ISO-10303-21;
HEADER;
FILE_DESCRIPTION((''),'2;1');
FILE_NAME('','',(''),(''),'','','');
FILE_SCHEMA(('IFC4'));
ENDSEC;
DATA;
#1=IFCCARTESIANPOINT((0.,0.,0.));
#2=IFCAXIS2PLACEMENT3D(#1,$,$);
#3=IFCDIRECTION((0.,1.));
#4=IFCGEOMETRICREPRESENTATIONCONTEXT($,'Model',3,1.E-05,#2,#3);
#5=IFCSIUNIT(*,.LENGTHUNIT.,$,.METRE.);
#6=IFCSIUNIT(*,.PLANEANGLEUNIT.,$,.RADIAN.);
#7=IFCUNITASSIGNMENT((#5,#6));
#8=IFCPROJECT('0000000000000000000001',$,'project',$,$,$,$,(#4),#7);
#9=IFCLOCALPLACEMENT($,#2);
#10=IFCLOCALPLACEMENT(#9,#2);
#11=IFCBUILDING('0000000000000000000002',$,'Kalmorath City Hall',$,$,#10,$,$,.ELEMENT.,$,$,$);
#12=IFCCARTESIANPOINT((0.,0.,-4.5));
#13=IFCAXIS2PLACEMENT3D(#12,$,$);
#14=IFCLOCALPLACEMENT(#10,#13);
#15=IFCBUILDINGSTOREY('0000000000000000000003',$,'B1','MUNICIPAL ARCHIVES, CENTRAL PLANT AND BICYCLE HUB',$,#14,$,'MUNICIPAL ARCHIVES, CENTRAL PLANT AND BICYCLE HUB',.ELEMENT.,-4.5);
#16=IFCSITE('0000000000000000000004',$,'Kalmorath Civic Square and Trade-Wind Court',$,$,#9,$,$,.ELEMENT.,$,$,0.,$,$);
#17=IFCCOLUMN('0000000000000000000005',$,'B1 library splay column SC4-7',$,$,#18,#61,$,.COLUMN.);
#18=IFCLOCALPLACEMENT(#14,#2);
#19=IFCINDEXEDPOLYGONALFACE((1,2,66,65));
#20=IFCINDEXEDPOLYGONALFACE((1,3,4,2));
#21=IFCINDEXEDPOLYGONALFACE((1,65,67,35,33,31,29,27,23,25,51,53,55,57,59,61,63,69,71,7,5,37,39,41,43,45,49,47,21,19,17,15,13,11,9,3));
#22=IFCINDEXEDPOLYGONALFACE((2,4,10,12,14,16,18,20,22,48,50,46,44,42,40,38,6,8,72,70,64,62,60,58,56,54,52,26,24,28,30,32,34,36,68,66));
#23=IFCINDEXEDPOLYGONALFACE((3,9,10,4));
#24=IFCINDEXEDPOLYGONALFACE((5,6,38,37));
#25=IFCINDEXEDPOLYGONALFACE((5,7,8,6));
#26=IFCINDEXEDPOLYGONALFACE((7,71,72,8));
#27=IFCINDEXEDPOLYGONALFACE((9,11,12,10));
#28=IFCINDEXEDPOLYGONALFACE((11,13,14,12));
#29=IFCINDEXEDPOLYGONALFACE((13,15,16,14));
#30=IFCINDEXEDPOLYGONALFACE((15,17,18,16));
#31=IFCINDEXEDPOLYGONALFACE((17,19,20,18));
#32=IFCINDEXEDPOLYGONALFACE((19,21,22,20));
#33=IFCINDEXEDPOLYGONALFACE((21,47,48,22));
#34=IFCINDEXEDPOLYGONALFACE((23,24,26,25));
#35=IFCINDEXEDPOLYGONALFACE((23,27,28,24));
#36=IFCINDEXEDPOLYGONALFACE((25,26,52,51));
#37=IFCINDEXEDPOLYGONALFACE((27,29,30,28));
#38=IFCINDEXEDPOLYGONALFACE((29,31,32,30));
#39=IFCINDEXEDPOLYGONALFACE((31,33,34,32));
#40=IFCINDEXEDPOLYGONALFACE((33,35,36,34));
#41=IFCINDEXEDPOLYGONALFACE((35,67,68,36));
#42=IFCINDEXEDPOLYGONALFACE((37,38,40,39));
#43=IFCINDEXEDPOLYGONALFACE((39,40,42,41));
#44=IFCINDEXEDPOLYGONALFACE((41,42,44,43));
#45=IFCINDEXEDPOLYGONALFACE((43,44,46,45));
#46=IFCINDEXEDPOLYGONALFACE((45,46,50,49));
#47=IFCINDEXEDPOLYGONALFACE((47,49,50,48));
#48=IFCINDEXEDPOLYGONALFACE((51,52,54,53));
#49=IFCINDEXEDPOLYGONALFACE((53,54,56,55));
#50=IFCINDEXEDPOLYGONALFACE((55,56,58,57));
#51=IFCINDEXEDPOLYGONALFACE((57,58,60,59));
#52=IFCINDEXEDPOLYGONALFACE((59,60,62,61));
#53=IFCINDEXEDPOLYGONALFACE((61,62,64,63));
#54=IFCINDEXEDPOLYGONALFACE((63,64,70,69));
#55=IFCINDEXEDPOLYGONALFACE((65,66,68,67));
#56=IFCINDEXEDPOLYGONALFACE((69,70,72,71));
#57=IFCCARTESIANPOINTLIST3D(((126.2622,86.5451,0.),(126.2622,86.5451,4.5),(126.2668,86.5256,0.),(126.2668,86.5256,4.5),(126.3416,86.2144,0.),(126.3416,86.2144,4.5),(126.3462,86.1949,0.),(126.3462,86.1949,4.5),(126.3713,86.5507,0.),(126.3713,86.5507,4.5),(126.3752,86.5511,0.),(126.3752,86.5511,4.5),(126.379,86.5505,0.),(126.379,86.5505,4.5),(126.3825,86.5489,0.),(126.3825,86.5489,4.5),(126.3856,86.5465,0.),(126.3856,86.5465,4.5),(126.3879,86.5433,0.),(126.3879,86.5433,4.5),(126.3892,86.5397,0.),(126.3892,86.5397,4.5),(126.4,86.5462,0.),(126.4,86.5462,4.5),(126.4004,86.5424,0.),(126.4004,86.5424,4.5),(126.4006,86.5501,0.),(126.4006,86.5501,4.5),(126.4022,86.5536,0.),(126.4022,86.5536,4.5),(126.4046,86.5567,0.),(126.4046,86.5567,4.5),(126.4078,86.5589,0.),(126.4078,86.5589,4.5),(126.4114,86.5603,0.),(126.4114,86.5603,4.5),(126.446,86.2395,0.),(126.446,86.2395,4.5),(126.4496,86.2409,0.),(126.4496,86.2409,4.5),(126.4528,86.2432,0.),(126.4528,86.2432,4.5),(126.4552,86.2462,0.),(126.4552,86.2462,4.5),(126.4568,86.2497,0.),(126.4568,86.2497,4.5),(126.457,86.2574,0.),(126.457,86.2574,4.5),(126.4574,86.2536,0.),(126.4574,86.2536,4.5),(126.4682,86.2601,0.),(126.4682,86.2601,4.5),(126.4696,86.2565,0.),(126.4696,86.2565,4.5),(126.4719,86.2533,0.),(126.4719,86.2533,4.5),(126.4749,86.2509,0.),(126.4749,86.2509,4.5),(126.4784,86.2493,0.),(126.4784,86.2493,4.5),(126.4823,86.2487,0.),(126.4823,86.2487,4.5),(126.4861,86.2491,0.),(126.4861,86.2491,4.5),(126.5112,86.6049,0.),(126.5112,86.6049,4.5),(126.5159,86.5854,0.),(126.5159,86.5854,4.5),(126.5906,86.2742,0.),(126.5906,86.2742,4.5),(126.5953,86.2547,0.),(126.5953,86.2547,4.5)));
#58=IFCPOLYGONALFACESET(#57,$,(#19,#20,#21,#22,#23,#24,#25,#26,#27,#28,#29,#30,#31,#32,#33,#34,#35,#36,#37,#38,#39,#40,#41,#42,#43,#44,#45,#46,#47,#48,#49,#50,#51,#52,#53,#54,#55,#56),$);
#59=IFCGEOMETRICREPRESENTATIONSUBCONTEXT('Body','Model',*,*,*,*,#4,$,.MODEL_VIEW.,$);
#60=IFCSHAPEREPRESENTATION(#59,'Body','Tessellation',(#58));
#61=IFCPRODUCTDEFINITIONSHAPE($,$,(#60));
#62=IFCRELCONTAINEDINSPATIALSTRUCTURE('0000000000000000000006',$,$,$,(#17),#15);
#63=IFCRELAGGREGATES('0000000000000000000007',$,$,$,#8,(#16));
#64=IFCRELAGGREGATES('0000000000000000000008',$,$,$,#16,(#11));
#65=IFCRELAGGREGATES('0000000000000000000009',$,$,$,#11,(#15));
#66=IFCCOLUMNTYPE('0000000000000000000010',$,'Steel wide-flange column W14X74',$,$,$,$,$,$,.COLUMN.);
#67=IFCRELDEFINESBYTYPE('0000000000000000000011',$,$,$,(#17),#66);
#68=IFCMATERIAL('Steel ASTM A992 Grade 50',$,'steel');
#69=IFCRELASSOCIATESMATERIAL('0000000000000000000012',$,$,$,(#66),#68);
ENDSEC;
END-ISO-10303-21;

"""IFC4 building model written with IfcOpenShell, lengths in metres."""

from ifc_helpers import new_model, si_unit, direction, frame, origin, origin_2d, place, context, subcontext, project, spatial, i_section, extrude, material, material_profile, profile_set, type_object, element, save


model = new_model("IFC4")

# Units and contexts
model_context = context("Model", 3, precision=1e-05, world=origin(), true_north=direction((0.0, 1.0)))
body_context = subcontext(model_context, "Body", "Model", "MODEL_VIEW")
ifc_project = project(units=[si_unit("LENGTHUNIT", "METRE"), si_unit("PLANEANGLEUNIT", "RADIAN")], contexts=[model_context])

# Site, building, storey
site_placement = place(None, origin())
site = spatial("IfcSite", under=ifc_project, at=site_placement, Name="Kalmorath Civic Square and Trade-Wind Court", CompositionType="ELEMENT", RefElevation=0.0)
building_placement = place(site_placement, origin())
building = spatial("IfcBuilding", under=site, at=building_placement, Name="Kalmorath City Hall", CompositionType="ELEMENT")
storey_placement = place(building_placement, frame((0.0, 0.0, -4.5)))
storey = spatial("IfcBuildingStorey", under=building, at=storey_placement, Name="B1", Description="MUNICIPAL ARCHIVES, CENTRAL PLANT AND BICYCLE HUB", LongName="MUNICIPAL ARCHIVES, CENTRAL PLANT AND BICYCLE HUB", CompositionType="ELEMENT", Elevation=-4.5)

# Column
ifc_material_1 = material(Name="Steel ASTM A992 Grade 50", Category="steel")
ifc_material_profile_1 = material_profile(ifc_material_1, i_section(OverallWidth=0.2561, OverallDepth=0.3601, WebThickness=0.0115, FlangeThickness=0.02, FilletRadius=0.0149, at=origin_2d()), Name="W14X74")
ifc_profile_set_1 = profile_set([ifc_material_profile_1], Name="Steel ASTM A992 Grade 50")
column_type_1 = type_object("IfcColumnType", Name="Steel wide-flange column W14X74", PredefinedType="COLUMN", material=ifc_profile_set_1)
for number, where, z_axis, x_axis, name in (
    (1, (126.4287, 86.3999, 0.0), (0.0, 0.0, 1.0), (0.97237, 0.233445, 0.0), "B1 library splay column SC4-7"),
):
    element("IfcColumn", number, at=place(storey_placement, frame(where, z_axis=z_axis, x_axis=x_axis)), inside=storey, type_object=column_type_1, Name=name, PredefinedType="COLUMN", context=body_context, shape_type="SweptSolid", body=[
        extrude(i_section(OverallWidth=0.2561, OverallDepth=0.3601, WebThickness=0.0115, FlangeThickness=0.02, FilletRadius=0.0149, at=origin_2d()), origin(), (0.0, 0.0, 1.0), 4.5),
    ])

save(model, "model.ifc")
